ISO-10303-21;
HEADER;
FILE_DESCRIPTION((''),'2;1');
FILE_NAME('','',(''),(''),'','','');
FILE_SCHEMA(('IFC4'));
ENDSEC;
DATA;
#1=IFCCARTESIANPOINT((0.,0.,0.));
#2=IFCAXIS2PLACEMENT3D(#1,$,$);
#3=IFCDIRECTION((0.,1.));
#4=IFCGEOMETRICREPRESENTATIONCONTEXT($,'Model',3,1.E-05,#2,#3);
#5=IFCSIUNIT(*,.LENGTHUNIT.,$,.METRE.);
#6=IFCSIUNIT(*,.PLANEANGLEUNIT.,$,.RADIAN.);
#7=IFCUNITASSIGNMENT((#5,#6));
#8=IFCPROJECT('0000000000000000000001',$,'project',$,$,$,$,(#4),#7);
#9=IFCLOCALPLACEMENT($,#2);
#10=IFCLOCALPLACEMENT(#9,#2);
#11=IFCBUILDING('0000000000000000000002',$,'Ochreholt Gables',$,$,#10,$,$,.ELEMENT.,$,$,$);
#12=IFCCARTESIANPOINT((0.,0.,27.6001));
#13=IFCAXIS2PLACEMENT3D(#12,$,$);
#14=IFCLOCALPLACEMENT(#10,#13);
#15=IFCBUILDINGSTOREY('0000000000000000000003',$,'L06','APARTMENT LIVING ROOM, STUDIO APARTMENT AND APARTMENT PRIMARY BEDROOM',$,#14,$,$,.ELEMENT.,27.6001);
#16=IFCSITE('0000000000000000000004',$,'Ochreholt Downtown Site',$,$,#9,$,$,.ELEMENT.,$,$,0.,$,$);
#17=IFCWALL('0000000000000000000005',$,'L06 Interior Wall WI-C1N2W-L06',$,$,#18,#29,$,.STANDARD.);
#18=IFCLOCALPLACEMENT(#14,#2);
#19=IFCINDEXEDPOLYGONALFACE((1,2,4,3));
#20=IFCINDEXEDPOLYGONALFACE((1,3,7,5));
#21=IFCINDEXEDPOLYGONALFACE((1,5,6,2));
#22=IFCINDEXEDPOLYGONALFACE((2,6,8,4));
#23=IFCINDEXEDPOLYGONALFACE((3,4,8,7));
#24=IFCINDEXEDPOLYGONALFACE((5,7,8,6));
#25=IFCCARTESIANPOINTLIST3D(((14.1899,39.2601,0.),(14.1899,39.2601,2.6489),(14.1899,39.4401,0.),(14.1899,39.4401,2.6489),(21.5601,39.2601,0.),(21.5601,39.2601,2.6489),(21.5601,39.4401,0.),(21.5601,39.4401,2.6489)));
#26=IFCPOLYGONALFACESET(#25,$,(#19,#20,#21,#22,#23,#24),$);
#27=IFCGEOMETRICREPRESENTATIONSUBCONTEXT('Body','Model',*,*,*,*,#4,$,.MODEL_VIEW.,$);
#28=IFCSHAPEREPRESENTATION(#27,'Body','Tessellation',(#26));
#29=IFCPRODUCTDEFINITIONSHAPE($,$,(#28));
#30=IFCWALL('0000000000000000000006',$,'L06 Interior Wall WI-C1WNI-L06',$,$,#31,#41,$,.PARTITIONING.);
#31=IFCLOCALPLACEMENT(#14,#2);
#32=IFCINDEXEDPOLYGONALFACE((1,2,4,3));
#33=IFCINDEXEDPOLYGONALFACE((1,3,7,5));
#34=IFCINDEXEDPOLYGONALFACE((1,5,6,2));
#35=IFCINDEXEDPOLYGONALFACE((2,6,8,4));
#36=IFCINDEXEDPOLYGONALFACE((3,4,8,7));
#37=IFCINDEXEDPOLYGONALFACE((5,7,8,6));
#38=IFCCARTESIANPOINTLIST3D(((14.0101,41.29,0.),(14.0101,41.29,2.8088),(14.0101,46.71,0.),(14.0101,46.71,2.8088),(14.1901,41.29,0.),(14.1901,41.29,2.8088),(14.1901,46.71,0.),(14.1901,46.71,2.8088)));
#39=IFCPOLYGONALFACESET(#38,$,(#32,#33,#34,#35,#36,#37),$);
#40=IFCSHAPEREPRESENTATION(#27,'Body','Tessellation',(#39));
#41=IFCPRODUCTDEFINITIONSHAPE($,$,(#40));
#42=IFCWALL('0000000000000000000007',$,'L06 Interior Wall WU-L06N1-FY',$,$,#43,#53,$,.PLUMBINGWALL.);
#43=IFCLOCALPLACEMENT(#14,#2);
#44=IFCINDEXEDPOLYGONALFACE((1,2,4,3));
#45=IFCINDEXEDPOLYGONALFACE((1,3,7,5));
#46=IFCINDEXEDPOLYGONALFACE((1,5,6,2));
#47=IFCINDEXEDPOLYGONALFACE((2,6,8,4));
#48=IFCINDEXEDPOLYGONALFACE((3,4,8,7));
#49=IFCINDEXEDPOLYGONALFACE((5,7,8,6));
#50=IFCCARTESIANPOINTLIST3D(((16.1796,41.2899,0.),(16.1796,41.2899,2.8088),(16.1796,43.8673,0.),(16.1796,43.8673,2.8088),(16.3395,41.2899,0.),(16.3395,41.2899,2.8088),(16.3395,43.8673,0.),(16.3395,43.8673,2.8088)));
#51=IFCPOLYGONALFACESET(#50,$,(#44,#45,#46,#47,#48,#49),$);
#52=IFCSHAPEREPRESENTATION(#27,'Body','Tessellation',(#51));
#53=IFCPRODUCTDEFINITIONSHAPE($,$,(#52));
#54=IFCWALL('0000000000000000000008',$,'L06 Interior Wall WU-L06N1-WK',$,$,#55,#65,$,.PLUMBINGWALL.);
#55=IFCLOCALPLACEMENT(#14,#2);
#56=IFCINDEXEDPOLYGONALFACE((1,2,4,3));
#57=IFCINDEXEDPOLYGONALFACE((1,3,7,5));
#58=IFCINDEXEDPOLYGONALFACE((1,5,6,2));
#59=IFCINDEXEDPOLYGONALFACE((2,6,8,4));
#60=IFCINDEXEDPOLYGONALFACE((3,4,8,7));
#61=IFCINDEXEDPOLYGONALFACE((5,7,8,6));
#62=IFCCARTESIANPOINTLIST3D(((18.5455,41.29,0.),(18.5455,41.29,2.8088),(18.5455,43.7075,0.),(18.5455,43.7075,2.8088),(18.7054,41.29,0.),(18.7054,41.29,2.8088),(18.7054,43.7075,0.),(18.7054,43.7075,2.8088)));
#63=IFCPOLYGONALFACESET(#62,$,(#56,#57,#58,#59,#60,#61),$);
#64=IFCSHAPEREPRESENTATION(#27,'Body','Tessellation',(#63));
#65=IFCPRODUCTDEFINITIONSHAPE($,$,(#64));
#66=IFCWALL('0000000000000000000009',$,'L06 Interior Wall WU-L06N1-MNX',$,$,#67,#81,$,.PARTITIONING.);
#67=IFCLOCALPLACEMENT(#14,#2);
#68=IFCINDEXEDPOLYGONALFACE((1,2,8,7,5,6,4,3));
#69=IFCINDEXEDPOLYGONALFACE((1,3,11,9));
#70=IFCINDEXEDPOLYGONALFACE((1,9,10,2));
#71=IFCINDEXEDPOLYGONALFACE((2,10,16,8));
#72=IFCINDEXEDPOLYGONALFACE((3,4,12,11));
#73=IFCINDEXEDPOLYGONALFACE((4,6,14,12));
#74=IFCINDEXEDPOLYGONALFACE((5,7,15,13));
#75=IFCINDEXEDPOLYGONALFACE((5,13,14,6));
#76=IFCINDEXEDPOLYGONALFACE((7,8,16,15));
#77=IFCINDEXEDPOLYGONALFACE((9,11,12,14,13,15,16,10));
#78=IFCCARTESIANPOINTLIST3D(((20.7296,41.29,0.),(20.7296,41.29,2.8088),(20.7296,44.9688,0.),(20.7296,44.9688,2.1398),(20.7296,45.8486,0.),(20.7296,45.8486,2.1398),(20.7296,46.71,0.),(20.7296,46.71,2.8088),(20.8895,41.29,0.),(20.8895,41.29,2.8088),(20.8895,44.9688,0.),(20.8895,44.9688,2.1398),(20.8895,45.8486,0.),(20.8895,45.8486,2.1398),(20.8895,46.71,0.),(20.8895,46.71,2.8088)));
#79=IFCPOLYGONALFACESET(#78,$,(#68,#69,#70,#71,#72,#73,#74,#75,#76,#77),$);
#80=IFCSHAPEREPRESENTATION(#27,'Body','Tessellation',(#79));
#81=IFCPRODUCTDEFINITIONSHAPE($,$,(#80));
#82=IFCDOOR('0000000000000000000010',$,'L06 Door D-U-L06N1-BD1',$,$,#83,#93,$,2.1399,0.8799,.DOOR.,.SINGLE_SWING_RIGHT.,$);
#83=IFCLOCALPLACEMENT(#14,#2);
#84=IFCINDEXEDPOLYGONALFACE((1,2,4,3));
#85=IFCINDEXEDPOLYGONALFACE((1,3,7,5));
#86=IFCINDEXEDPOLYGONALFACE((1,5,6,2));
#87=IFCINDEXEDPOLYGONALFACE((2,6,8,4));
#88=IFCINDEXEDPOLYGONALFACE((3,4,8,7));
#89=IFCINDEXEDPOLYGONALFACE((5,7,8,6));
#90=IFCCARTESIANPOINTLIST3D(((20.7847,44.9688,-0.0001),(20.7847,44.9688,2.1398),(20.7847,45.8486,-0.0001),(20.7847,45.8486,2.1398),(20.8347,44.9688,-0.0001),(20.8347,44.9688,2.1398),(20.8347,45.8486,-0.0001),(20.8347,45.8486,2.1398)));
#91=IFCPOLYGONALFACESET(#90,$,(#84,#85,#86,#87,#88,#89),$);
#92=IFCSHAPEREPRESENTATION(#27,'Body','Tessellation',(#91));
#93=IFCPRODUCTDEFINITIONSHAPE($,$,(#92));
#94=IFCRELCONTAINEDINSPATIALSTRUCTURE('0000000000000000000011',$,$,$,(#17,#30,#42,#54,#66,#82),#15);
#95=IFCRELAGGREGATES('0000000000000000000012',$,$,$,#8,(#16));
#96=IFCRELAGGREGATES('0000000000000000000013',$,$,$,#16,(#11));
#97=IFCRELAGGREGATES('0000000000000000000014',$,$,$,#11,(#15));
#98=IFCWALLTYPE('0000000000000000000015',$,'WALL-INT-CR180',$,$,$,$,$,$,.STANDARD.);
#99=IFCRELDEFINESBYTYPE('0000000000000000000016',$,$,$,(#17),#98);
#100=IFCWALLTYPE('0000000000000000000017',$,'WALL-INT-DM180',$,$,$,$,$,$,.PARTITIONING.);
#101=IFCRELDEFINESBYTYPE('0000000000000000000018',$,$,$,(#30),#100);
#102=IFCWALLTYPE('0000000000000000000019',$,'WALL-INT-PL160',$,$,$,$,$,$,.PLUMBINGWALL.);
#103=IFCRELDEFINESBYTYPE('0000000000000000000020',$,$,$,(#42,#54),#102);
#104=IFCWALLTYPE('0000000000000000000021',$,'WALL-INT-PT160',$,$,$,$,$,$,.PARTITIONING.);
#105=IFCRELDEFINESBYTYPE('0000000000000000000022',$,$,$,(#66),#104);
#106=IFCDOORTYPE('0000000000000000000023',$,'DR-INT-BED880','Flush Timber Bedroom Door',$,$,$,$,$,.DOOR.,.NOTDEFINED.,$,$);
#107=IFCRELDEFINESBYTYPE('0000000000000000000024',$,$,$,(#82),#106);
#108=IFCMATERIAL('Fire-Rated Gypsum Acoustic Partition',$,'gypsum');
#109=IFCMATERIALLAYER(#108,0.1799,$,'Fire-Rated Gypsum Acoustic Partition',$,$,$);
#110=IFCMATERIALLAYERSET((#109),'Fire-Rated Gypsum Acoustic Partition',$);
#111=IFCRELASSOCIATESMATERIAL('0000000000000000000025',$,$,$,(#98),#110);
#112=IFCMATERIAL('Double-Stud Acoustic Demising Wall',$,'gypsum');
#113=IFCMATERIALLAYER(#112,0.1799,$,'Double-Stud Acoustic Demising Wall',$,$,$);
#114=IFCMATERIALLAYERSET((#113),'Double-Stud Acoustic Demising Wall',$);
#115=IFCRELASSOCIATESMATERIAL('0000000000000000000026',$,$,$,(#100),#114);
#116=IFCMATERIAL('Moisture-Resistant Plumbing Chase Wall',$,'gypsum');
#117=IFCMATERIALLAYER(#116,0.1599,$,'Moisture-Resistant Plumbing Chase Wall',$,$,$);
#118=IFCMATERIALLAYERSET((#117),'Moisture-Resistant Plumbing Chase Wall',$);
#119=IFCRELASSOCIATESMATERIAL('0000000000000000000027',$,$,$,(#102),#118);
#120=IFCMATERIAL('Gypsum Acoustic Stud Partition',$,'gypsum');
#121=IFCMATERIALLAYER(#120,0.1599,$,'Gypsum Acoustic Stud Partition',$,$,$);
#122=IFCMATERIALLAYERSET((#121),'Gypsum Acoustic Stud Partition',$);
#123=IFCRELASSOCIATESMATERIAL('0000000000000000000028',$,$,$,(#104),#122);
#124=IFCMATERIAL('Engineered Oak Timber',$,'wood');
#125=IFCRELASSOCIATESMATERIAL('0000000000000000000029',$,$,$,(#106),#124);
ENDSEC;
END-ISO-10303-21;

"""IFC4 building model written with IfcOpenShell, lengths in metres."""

from ifc_helpers import new_model, si_unit, direction, frame, frame_2d, origin, place, context, subcontext, project, spatial, rectangle, extrude, material, layer, layer_set, type_object, element, fill, save


model = new_model("IFC4")

# Units and contexts
model_context = context("Model", 3, precision=1e-05, world=origin(), true_north=direction((0.0, 1.0)))
body_context = subcontext(model_context, "Body", "Model", "MODEL_VIEW")
ifc_project = project(units=[si_unit("LENGTHUNIT", "METRE"), si_unit("PLANEANGLEUNIT", "RADIAN")], contexts=[model_context])

# Site, building, storey
site_placement = place(None, origin())
site = spatial("IfcSite", under=ifc_project, at=site_placement, Name="Ochreholt Downtown Site", CompositionType="ELEMENT", RefElevation=0.0)
building_placement = place(site_placement, origin())
building = spatial("IfcBuilding", under=site, at=building_placement, Name="Ochreholt Gables", CompositionType="ELEMENT")
storey_placement = place(building_placement, frame((0.0, 0.0, 27.6001)))
storey = spatial("IfcBuildingStorey", under=building, at=storey_placement, Name="L06", Description="APARTMENT LIVING ROOM, STUDIO APARTMENT AND APARTMENT PRIMARY BEDROOM", CompositionType="ELEMENT", Elevation=27.6001)

# Walls
ifc_material_1 = material(Name="Fire-Rated Gypsum Acoustic Partition", Category="gypsum")
ifc_layer_1 = layer(ifc_material_1, 0.1799, Name="Fire-Rated Gypsum Acoustic Partition")
ifc_layer_set_1 = layer_set([ifc_layer_1], Name="Fire-Rated Gypsum Acoustic Partition")
wall_type_1 = type_object("IfcWallType", Name="WALL-INT-CR180", PredefinedType="STANDARD", material=ifc_layer_set_1)
wall_1_placement = place(storey_placement, frame((14.1899, 39.3501, 0.0), z_axis=(0.0, 0.0, 1.0), x_axis=(1.0, 0.0, 0.0)))
element("IfcWall", 1, at=wall_1_placement, inside=storey, type_object=wall_type_1, Name="L06 Interior Wall WI-C1N2W-L06", PredefinedType="STANDARD", context=body_context, shape_type="SweptSolid", body=[
    extrude(rectangle(XDim=7.3701, YDim=0.1799, at=frame_2d((3.6851, 0.0))), origin(), (0.0, 0.0, 1.0), 2.6489),
])
ifc_material_2 = material(Name="Double-Stud Acoustic Demising Wall", Category="gypsum")
ifc_layer_2 = layer(ifc_material_2, 0.1799, Name="Double-Stud Acoustic Demising Wall")
ifc_layer_set_2 = layer_set([ifc_layer_2], Name="Double-Stud Acoustic Demising Wall")
wall_type_2 = type_object("IfcWallType", Name="WALL-INT-DM180", PredefinedType="PARTITIONING", material=ifc_layer_set_2)
wall_2_placement = place(storey_placement, frame((14.1001, 41.29, 0.0), z_axis=(0.0, 0.0, 1.0), x_axis=(0.0, 1.0, 0.0)))
element("IfcWall", 2, at=wall_2_placement, inside=storey, type_object=wall_type_2, Name="L06 Interior Wall WI-C1WNI-L06", PredefinedType="PARTITIONING", context=body_context, shape_type="SweptSolid", body=[
    extrude(rectangle(XDim=5.4199, YDim=0.1799, at=frame_2d((2.71, 0.0))), origin(), (0.0, 0.0, 1.0), 2.8088),
])

# Shared definitions
ifc_material_3 = material(Name="Moisture-Resistant Plumbing Chase Wall", Category="gypsum")
ifc_layer_3 = layer(ifc_material_3, 0.1599, Name="Moisture-Resistant Plumbing Chase Wall")
ifc_layer_set_3 = layer_set([ifc_layer_3], Name="Moisture-Resistant Plumbing Chase Wall")
wall_type_3 = type_object("IfcWallType", Name="WALL-INT-PL160", PredefinedType="PLUMBINGWALL", material=ifc_layer_set_3)
ifc_material_4 = material(Name="Engineered Oak Timber", Category="wood")

# Walls
wall_3_placement = place(storey_placement, frame((16.2595, 41.29, 0.0), z_axis=(0.0, 0.0, 1.0), x_axis=(0.0, 1.0, 0.0)))
element("IfcWall", 3, at=wall_3_placement, inside=storey, type_object=wall_type_3, Name="L06 Interior Wall WU-L06N1-FY", PredefinedType="PLUMBINGWALL", context=body_context, shape_type="SweptSolid", body=[
    extrude(rectangle(XDim=2.5774, YDim=0.1599, at=frame_2d((1.2886, 0.0))), origin(), (0.0, 0.0, 1.0), 2.8088),
])
wall_4_placement = place(storey_placement, frame((18.6255, 41.29, 0.0), z_axis=(0.0, 0.0, 1.0), x_axis=(0.0, 1.0, 0.0)))
element("IfcWall", 4, at=wall_4_placement, inside=storey, type_object=wall_type_3, Name="L06 Interior Wall WU-L06N1-WK", PredefinedType="PLUMBINGWALL", context=body_context, shape_type="SweptSolid", body=[
    extrude(rectangle(XDim=2.4175, YDim=0.1599, at=frame_2d((1.2087, 0.0))), origin(), (0.0, 0.0, 1.0), 2.8088),
])

# Wall, opening, door
ifc_material_5 = material(Name="Gypsum Acoustic Stud Partition", Category="gypsum")
ifc_layer_4 = layer(ifc_material_5, 0.1599, Name="Gypsum Acoustic Stud Partition")
ifc_layer_set_4 = layer_set([ifc_layer_4], Name="Gypsum Acoustic Stud Partition")
wall_type_4 = type_object("IfcWallType", Name="WALL-INT-PT160", PredefinedType="PARTITIONING", material=ifc_layer_set_4)
wall_5_placement = place(storey_placement, frame((20.8096, 41.29, 0.0), z_axis=(0.0, 0.0, 1.0), x_axis=(0.0, 1.0, 0.0)))
wall_5 = element("IfcWall", 5, at=wall_5_placement, inside=storey, type_object=wall_type_4, Name="L06 Interior Wall WU-L06N1-MNX", PredefinedType="PARTITIONING", context=body_context, shape_type="SweptSolid", body=[
    extrude(rectangle(XDim=5.4199, YDim=0.1599, at=frame_2d((2.71, 0.0))), origin(), (0.0, 0.0, 1.0), 2.8088),
])
opening_1_placement = place(wall_5_placement, frame((3.6787, 0.0, 0.0)))
opening_1 = element("IfcOpeningElement", 6, at=opening_1_placement, cuts=wall_5, PredefinedType="OPENING", context=body_context, shape_type="SweptSolid", body=[
    extrude(rectangle(XDim=0.8799, YDim=2.1399, at=frame_2d((0.4399, 1.0698))), frame((0.0, 0.0898, 0.0), z_axis=(0.0, -1.0, 0.0), x_axis=(1.0, 0.0, 0.0)), (0.0, 0.0, 1.0), 0.1799),
])
door_type_1 = type_object("IfcDoorType", Name="DR-INT-BED880", Description="Flush Timber Bedroom Door", OperationType="NOTDEFINED", PredefinedType="DOOR", material=ifc_material_4)
door_1_placement = place(opening_1_placement, origin())
door_1 = element("IfcDoor", 7, at=door_1_placement, inside=storey, type_object=door_type_1, Name="L06 Door D-U-L06N1-BD1", OperationType="SINGLE_SWING_RIGHT", OverallHeight=2.1399, OverallWidth=0.8799, PredefinedType="DOOR", context=body_context, shape_type="SweptSolid", body=[
    extrude(rectangle(XDim=0.8799, YDim=2.1399, at=frame_2d((0.4399, 1.0698))), frame((0.0, 0.0249, 0.0), z_axis=(0.0, -1.0, 0.0), x_axis=(1.0, 0.0, 0.0)), (0.0, 0.0, 1.0), 0.05),
])
fill(opening_1, door_1)

save(model, "model.ifc")
